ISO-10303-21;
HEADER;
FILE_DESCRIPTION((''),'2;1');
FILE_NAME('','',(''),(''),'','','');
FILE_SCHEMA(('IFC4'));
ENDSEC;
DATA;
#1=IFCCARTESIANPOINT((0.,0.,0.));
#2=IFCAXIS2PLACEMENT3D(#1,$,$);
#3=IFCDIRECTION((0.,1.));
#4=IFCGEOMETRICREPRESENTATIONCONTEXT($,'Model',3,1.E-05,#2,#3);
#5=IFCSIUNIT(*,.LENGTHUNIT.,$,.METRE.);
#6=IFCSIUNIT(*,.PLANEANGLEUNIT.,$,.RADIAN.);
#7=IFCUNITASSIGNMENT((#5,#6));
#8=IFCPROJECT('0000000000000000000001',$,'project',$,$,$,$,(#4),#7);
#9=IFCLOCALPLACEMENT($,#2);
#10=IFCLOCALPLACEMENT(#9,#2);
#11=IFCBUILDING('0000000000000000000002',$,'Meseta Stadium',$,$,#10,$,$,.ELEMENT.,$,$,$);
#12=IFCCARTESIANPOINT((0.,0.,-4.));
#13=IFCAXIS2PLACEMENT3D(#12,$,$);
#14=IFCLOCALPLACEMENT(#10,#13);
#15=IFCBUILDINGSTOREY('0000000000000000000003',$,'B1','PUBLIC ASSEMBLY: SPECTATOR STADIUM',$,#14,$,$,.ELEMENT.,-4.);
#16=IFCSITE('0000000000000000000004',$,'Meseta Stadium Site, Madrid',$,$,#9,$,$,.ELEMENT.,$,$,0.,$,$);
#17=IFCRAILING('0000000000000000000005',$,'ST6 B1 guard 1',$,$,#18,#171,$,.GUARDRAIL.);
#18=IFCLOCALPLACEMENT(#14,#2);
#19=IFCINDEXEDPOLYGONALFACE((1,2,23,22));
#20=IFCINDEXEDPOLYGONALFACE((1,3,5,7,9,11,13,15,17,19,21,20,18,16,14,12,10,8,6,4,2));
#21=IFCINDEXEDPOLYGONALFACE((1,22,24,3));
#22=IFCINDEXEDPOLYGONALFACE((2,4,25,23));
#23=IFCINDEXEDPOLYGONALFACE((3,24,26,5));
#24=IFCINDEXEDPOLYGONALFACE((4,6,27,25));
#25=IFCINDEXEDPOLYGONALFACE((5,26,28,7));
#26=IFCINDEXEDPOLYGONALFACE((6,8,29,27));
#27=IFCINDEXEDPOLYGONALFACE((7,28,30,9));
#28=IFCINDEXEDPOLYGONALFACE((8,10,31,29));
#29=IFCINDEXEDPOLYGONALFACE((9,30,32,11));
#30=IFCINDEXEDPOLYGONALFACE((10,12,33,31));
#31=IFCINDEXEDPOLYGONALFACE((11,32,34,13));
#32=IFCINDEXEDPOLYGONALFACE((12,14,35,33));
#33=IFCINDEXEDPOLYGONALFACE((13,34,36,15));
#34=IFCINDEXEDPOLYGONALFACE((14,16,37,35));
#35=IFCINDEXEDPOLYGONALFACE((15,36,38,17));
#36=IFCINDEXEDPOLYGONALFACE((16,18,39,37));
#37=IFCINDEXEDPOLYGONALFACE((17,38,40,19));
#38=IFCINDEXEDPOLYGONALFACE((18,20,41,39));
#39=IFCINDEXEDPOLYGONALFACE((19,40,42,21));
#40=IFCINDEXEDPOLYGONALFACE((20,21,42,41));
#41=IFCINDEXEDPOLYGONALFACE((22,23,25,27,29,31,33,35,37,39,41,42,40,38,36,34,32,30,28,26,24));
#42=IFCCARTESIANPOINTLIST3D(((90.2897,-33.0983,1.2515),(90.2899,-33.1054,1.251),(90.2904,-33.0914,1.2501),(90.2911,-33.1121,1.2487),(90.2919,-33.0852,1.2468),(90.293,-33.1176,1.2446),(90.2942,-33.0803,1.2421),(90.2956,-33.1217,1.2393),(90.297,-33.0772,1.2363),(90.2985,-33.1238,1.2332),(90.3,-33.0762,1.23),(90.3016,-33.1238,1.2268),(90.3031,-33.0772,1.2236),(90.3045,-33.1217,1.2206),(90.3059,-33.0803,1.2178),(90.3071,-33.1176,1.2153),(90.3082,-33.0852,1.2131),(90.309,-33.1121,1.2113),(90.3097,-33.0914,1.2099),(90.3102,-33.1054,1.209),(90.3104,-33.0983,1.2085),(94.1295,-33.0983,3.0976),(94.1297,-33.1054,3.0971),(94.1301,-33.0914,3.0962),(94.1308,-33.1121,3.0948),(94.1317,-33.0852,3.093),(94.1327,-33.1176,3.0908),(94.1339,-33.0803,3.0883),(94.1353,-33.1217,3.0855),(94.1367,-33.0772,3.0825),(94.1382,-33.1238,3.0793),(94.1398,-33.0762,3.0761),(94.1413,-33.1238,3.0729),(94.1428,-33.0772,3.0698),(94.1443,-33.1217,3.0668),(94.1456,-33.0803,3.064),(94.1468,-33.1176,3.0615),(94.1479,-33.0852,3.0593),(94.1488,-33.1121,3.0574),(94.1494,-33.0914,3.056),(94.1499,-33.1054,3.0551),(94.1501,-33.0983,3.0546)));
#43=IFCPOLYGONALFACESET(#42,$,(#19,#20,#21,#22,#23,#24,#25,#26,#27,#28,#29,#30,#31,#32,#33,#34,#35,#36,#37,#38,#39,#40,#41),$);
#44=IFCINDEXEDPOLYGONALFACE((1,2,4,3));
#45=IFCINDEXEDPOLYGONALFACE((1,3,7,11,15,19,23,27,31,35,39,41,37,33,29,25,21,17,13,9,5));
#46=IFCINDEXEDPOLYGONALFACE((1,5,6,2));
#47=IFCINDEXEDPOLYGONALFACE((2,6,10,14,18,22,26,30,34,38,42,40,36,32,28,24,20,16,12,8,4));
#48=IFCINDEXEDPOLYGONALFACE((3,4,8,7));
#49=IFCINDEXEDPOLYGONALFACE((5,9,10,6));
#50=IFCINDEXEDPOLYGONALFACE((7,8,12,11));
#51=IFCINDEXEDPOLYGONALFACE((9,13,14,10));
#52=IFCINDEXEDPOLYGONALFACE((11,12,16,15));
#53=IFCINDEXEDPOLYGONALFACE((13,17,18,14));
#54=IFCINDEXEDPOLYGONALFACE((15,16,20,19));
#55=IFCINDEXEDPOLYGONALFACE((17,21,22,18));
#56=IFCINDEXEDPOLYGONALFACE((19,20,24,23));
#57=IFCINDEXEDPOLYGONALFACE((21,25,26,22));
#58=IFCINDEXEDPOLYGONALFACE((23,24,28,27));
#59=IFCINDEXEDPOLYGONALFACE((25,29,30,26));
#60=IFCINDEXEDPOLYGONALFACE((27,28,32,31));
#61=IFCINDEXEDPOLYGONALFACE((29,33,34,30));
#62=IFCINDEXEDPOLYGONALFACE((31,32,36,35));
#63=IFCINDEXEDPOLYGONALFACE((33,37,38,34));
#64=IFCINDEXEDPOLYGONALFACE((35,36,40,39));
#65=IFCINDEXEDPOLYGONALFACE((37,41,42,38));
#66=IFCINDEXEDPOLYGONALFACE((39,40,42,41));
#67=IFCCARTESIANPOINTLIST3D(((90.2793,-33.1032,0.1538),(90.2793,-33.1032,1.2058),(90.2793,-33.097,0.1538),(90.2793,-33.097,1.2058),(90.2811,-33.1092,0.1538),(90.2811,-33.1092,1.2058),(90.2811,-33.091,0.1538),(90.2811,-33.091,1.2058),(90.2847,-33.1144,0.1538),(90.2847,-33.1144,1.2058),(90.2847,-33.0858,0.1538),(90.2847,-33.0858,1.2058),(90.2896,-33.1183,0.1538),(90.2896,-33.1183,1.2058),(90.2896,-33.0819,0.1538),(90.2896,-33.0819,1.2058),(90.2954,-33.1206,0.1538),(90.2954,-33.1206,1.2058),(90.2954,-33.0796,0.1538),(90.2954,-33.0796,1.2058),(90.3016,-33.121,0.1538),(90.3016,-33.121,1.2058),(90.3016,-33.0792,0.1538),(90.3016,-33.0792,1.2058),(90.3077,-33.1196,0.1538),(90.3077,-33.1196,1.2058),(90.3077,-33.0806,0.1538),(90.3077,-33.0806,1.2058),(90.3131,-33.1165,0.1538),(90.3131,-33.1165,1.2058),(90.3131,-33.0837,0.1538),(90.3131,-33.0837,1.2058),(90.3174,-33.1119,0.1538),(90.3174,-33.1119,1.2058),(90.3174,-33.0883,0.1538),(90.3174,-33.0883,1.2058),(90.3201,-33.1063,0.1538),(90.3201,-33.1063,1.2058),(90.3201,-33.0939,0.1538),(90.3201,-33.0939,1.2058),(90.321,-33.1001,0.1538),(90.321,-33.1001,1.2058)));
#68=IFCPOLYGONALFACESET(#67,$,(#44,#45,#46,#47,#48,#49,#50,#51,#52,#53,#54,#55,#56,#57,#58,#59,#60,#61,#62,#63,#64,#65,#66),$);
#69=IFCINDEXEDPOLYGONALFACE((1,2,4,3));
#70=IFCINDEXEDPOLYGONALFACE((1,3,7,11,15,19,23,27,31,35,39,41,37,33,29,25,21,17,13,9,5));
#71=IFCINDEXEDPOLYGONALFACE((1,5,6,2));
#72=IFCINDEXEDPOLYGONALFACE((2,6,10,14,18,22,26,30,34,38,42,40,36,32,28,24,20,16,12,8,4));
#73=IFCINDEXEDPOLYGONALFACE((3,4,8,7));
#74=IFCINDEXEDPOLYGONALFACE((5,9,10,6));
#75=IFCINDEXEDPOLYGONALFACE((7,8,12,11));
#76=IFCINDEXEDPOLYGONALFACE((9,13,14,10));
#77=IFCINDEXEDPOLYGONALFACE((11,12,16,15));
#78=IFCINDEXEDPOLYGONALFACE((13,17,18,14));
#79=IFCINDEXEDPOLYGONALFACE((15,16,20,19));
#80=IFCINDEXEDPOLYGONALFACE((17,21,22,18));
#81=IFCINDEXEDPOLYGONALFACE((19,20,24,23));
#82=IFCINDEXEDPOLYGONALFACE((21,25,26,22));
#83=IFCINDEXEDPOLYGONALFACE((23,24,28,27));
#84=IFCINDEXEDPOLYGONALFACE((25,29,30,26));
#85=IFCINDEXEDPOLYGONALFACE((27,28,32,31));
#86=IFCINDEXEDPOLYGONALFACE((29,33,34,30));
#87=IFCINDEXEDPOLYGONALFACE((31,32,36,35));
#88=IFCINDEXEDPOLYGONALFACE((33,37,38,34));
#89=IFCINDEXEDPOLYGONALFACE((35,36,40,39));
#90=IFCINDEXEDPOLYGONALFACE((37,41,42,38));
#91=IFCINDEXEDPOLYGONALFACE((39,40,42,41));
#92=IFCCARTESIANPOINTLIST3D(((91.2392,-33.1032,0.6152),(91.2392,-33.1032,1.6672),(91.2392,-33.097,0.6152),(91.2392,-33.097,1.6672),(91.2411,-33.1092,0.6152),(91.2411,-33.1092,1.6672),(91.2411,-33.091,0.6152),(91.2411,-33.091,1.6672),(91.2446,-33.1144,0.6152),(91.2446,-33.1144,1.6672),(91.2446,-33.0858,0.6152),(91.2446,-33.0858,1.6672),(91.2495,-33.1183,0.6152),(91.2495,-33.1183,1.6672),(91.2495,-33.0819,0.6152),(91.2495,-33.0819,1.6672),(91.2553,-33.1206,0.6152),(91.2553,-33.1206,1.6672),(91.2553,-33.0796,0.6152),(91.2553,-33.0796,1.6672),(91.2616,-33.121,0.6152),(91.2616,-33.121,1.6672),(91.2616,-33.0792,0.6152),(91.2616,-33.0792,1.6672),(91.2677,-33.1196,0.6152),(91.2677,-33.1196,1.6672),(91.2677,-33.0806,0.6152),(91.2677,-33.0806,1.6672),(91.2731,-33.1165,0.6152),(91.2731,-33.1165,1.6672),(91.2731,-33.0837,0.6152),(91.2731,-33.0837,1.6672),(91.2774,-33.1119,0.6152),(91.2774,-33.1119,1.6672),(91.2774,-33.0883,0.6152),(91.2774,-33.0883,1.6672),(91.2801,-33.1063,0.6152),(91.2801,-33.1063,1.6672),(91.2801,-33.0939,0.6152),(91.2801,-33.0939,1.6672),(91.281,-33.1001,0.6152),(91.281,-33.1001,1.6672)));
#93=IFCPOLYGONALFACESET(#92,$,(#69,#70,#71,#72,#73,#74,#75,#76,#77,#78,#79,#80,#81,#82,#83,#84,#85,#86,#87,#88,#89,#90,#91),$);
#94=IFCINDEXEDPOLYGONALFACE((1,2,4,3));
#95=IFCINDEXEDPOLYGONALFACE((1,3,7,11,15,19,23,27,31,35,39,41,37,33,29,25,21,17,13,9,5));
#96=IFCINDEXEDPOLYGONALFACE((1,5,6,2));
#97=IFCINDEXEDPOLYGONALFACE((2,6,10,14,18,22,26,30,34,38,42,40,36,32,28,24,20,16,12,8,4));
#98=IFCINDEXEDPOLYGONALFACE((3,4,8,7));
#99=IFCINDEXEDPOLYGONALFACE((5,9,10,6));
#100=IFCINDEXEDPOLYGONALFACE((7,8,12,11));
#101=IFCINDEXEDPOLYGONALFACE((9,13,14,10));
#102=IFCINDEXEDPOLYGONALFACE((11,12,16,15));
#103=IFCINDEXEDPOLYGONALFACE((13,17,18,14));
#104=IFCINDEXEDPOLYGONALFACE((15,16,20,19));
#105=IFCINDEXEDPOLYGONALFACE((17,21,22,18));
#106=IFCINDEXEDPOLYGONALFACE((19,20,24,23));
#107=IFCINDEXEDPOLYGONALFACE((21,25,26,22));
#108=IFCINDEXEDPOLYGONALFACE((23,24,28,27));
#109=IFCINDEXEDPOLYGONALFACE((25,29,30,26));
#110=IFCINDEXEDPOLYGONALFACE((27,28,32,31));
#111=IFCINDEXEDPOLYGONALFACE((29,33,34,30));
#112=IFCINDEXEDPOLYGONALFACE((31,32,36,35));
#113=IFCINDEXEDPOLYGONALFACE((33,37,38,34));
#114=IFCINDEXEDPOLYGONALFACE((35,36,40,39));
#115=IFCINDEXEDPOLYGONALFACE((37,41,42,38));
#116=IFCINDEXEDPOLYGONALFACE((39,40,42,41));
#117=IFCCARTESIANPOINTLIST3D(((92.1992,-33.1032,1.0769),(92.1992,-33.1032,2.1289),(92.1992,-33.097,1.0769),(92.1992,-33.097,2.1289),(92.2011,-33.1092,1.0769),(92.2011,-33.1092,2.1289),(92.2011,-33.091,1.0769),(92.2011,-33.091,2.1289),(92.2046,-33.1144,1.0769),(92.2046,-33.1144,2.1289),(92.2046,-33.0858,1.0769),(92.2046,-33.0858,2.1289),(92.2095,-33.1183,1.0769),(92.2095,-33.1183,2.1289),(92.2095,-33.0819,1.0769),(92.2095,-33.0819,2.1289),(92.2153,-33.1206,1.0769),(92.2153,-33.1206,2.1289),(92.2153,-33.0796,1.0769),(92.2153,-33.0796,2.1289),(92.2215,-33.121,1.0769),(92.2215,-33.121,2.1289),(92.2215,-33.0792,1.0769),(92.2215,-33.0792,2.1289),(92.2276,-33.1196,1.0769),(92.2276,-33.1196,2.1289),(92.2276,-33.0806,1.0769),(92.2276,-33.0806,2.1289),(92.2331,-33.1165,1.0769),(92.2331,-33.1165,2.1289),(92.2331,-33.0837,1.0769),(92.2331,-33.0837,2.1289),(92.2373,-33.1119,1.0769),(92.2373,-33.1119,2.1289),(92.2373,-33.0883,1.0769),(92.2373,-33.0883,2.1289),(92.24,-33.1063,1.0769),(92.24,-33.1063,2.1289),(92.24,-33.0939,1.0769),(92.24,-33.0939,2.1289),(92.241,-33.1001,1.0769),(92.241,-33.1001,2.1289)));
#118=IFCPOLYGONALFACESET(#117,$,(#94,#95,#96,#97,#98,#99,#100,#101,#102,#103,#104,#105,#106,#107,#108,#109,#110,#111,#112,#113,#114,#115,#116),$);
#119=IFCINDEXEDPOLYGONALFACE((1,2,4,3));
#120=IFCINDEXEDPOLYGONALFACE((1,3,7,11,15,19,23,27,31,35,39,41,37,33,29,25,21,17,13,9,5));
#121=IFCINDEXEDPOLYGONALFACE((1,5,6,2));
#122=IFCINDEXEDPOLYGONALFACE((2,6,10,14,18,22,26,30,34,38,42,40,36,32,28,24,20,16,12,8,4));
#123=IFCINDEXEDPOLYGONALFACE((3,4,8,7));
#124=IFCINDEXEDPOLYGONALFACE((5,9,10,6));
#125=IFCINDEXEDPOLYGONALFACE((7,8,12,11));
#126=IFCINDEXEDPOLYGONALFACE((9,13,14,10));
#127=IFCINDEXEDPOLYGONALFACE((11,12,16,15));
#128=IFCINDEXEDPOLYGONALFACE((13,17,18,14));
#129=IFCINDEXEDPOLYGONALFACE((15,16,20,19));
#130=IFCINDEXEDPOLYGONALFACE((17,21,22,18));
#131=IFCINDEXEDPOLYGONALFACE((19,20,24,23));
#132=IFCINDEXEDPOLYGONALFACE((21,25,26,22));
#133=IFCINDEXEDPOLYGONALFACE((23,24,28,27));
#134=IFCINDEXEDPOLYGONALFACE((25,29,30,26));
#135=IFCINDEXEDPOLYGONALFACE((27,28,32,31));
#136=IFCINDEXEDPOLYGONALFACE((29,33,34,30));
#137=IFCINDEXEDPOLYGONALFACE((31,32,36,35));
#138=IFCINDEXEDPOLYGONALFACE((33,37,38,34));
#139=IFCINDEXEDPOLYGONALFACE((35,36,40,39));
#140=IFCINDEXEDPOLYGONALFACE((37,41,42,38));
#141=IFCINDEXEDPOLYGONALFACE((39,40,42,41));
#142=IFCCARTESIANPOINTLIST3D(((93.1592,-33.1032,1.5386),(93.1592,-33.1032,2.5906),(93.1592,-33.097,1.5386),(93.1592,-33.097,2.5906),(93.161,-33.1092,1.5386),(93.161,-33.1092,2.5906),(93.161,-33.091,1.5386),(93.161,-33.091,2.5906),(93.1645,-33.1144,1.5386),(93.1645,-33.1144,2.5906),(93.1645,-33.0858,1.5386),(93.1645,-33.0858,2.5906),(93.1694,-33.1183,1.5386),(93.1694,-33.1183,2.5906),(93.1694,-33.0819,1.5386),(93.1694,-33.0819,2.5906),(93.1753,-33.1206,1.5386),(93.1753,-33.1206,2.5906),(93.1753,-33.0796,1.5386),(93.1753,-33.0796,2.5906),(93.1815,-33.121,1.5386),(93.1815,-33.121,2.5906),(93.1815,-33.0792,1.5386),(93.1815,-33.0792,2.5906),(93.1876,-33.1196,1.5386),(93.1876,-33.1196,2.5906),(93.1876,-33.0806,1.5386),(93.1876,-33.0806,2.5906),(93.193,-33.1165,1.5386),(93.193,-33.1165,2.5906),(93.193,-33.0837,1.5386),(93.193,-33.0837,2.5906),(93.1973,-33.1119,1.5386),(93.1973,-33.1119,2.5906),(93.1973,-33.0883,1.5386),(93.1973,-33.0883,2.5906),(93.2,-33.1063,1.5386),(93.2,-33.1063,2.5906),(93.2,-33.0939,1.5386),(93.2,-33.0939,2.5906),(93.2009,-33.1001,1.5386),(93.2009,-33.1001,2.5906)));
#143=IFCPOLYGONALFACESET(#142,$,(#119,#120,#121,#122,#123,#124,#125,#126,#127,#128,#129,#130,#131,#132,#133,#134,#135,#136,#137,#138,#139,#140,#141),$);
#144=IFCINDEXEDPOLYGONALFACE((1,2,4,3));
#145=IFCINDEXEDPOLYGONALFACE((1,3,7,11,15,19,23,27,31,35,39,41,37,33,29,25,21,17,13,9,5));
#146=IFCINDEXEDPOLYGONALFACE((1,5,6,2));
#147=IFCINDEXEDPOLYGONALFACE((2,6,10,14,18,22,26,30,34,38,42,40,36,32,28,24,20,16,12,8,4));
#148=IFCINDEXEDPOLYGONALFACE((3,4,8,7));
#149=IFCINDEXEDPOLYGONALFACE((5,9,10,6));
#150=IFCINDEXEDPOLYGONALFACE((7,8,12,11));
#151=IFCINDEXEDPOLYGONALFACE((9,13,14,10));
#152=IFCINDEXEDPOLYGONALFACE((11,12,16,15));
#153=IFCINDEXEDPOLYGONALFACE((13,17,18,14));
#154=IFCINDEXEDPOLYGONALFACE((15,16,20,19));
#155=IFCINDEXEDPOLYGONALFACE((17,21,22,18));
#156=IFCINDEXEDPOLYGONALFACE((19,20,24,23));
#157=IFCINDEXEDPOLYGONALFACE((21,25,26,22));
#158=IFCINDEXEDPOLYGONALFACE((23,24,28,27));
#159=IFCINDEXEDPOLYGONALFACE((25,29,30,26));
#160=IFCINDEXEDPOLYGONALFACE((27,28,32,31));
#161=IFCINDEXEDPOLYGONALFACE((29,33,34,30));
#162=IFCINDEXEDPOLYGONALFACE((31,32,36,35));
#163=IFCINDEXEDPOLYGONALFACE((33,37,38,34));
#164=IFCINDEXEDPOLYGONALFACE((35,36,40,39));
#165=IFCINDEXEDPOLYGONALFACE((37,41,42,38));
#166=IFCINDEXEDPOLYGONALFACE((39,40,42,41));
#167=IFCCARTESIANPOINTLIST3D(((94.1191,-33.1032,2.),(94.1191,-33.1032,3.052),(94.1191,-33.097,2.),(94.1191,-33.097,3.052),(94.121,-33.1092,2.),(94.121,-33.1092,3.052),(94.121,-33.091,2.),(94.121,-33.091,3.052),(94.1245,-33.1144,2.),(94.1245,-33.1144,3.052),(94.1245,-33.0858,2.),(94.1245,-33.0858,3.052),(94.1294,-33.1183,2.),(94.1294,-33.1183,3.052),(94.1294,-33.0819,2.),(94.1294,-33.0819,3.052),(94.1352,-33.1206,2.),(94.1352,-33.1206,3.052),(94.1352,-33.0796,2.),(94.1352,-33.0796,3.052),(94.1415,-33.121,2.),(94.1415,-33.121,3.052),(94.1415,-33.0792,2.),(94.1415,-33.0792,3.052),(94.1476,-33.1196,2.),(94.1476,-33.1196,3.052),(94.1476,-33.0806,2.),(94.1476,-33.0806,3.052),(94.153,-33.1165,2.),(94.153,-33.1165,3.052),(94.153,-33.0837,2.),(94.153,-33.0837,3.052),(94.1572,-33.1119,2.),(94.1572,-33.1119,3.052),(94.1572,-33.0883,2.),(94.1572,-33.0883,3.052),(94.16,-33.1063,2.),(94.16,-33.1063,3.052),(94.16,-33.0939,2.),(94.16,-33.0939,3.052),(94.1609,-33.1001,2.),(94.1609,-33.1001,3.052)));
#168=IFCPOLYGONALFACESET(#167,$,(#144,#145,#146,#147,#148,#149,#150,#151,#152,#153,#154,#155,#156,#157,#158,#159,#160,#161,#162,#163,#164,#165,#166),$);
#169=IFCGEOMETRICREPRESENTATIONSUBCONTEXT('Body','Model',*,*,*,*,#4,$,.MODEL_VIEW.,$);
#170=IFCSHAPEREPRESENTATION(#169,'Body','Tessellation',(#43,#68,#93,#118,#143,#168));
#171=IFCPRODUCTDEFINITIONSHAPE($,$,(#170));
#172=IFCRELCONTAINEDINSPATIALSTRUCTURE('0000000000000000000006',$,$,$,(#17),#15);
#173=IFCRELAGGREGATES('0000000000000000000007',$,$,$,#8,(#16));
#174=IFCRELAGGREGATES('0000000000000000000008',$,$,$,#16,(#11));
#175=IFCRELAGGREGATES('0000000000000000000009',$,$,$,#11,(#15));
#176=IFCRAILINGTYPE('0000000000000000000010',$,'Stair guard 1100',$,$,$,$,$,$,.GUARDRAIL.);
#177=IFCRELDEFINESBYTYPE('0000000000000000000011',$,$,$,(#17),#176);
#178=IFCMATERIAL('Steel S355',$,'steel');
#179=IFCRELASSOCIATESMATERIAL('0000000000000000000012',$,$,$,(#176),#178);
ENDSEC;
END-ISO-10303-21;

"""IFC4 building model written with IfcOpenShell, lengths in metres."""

from ifc_helpers import new_model, si_unit, direction, frame, origin, origin_2d, place, context, subcontext, project, spatial, circle, extrude, material, type_object, element, save


model = new_model("IFC4")

# Units and contexts
model_context = context("Model", 3, precision=1e-05, world=origin(), true_north=direction((0.0, 1.0)))
body_context = subcontext(model_context, "Body", "Model", "MODEL_VIEW")
ifc_project = project(units=[si_unit("LENGTHUNIT", "METRE"), si_unit("PLANEANGLEUNIT", "RADIAN")], contexts=[model_context])

# Site, building, storey
site_placement = place(None, origin())
site = spatial("IfcSite", under=ifc_project, at=site_placement, Name="Meseta Stadium Site, Madrid", CompositionType="ELEMENT", RefElevation=0.0)
building_placement = place(site_placement, origin())
building = spatial("IfcBuilding", under=site, at=building_placement, Name="Meseta Stadium", CompositionType="ELEMENT")
storey_placement = place(building_placement, frame((0.0, 0.0, -4.0)))
storey = spatial("IfcBuildingStorey", under=building, at=storey_placement, Name="B1", Description="PUBLIC ASSEMBLY: SPECTATOR STADIUM", CompositionType="ELEMENT", Elevation=-4.0)

# Railing
ifc_material_1 = material(Name="Steel S355", Category="steel")
railing_type_1 = type_object("IfcRailingType", Name="Stair guard 1100", PredefinedType="GUARDRAIL", material=ifc_material_1)
railing_1_placement = place(storey_placement, frame((90.3, -33.1001, 0.1538)))
element("IfcRailing", 1, at=railing_1_placement, inside=storey, type_object=railing_type_1, Name="ST6 B1 guard 1", PredefinedType="GUARDRAIL", context=body_context, shape_type="SweptSolid", body=[
    extrude(circle(Radius=0.0239, at=origin_2d()), frame((0.0, 0.0, 1.0762), z_axis=(0.901242, 0.0, 0.433316), x_axis=(0.0, 1.0, 0.0)), (0.0, 0.0, 1.0), 4.2605),
    extrude(circle(Radius=0.021, at=origin_2d()), origin(), (0.0, 0.0, 1.0), 1.052),
    extrude(circle(Radius=0.021, at=origin_2d()), frame((0.96, 0.0, 0.4614)), (0.0, 0.0, 1.0), 1.052),
    extrude(circle(Radius=0.021, at=origin_2d()), frame((1.9199, 0.0, 0.9231)), (0.0, 0.0, 1.0), 1.052),
    extrude(circle(Radius=0.021, at=origin_2d()), frame((2.8799, 0.0, 1.3848)), (0.0, 0.0, 1.0), 1.052),
    extrude(circle(Radius=0.021, at=origin_2d()), frame((3.8398, 0.0, 1.8462)), (0.0, 0.0, 1.0), 1.052),
])

save(model, "model.ifc")
